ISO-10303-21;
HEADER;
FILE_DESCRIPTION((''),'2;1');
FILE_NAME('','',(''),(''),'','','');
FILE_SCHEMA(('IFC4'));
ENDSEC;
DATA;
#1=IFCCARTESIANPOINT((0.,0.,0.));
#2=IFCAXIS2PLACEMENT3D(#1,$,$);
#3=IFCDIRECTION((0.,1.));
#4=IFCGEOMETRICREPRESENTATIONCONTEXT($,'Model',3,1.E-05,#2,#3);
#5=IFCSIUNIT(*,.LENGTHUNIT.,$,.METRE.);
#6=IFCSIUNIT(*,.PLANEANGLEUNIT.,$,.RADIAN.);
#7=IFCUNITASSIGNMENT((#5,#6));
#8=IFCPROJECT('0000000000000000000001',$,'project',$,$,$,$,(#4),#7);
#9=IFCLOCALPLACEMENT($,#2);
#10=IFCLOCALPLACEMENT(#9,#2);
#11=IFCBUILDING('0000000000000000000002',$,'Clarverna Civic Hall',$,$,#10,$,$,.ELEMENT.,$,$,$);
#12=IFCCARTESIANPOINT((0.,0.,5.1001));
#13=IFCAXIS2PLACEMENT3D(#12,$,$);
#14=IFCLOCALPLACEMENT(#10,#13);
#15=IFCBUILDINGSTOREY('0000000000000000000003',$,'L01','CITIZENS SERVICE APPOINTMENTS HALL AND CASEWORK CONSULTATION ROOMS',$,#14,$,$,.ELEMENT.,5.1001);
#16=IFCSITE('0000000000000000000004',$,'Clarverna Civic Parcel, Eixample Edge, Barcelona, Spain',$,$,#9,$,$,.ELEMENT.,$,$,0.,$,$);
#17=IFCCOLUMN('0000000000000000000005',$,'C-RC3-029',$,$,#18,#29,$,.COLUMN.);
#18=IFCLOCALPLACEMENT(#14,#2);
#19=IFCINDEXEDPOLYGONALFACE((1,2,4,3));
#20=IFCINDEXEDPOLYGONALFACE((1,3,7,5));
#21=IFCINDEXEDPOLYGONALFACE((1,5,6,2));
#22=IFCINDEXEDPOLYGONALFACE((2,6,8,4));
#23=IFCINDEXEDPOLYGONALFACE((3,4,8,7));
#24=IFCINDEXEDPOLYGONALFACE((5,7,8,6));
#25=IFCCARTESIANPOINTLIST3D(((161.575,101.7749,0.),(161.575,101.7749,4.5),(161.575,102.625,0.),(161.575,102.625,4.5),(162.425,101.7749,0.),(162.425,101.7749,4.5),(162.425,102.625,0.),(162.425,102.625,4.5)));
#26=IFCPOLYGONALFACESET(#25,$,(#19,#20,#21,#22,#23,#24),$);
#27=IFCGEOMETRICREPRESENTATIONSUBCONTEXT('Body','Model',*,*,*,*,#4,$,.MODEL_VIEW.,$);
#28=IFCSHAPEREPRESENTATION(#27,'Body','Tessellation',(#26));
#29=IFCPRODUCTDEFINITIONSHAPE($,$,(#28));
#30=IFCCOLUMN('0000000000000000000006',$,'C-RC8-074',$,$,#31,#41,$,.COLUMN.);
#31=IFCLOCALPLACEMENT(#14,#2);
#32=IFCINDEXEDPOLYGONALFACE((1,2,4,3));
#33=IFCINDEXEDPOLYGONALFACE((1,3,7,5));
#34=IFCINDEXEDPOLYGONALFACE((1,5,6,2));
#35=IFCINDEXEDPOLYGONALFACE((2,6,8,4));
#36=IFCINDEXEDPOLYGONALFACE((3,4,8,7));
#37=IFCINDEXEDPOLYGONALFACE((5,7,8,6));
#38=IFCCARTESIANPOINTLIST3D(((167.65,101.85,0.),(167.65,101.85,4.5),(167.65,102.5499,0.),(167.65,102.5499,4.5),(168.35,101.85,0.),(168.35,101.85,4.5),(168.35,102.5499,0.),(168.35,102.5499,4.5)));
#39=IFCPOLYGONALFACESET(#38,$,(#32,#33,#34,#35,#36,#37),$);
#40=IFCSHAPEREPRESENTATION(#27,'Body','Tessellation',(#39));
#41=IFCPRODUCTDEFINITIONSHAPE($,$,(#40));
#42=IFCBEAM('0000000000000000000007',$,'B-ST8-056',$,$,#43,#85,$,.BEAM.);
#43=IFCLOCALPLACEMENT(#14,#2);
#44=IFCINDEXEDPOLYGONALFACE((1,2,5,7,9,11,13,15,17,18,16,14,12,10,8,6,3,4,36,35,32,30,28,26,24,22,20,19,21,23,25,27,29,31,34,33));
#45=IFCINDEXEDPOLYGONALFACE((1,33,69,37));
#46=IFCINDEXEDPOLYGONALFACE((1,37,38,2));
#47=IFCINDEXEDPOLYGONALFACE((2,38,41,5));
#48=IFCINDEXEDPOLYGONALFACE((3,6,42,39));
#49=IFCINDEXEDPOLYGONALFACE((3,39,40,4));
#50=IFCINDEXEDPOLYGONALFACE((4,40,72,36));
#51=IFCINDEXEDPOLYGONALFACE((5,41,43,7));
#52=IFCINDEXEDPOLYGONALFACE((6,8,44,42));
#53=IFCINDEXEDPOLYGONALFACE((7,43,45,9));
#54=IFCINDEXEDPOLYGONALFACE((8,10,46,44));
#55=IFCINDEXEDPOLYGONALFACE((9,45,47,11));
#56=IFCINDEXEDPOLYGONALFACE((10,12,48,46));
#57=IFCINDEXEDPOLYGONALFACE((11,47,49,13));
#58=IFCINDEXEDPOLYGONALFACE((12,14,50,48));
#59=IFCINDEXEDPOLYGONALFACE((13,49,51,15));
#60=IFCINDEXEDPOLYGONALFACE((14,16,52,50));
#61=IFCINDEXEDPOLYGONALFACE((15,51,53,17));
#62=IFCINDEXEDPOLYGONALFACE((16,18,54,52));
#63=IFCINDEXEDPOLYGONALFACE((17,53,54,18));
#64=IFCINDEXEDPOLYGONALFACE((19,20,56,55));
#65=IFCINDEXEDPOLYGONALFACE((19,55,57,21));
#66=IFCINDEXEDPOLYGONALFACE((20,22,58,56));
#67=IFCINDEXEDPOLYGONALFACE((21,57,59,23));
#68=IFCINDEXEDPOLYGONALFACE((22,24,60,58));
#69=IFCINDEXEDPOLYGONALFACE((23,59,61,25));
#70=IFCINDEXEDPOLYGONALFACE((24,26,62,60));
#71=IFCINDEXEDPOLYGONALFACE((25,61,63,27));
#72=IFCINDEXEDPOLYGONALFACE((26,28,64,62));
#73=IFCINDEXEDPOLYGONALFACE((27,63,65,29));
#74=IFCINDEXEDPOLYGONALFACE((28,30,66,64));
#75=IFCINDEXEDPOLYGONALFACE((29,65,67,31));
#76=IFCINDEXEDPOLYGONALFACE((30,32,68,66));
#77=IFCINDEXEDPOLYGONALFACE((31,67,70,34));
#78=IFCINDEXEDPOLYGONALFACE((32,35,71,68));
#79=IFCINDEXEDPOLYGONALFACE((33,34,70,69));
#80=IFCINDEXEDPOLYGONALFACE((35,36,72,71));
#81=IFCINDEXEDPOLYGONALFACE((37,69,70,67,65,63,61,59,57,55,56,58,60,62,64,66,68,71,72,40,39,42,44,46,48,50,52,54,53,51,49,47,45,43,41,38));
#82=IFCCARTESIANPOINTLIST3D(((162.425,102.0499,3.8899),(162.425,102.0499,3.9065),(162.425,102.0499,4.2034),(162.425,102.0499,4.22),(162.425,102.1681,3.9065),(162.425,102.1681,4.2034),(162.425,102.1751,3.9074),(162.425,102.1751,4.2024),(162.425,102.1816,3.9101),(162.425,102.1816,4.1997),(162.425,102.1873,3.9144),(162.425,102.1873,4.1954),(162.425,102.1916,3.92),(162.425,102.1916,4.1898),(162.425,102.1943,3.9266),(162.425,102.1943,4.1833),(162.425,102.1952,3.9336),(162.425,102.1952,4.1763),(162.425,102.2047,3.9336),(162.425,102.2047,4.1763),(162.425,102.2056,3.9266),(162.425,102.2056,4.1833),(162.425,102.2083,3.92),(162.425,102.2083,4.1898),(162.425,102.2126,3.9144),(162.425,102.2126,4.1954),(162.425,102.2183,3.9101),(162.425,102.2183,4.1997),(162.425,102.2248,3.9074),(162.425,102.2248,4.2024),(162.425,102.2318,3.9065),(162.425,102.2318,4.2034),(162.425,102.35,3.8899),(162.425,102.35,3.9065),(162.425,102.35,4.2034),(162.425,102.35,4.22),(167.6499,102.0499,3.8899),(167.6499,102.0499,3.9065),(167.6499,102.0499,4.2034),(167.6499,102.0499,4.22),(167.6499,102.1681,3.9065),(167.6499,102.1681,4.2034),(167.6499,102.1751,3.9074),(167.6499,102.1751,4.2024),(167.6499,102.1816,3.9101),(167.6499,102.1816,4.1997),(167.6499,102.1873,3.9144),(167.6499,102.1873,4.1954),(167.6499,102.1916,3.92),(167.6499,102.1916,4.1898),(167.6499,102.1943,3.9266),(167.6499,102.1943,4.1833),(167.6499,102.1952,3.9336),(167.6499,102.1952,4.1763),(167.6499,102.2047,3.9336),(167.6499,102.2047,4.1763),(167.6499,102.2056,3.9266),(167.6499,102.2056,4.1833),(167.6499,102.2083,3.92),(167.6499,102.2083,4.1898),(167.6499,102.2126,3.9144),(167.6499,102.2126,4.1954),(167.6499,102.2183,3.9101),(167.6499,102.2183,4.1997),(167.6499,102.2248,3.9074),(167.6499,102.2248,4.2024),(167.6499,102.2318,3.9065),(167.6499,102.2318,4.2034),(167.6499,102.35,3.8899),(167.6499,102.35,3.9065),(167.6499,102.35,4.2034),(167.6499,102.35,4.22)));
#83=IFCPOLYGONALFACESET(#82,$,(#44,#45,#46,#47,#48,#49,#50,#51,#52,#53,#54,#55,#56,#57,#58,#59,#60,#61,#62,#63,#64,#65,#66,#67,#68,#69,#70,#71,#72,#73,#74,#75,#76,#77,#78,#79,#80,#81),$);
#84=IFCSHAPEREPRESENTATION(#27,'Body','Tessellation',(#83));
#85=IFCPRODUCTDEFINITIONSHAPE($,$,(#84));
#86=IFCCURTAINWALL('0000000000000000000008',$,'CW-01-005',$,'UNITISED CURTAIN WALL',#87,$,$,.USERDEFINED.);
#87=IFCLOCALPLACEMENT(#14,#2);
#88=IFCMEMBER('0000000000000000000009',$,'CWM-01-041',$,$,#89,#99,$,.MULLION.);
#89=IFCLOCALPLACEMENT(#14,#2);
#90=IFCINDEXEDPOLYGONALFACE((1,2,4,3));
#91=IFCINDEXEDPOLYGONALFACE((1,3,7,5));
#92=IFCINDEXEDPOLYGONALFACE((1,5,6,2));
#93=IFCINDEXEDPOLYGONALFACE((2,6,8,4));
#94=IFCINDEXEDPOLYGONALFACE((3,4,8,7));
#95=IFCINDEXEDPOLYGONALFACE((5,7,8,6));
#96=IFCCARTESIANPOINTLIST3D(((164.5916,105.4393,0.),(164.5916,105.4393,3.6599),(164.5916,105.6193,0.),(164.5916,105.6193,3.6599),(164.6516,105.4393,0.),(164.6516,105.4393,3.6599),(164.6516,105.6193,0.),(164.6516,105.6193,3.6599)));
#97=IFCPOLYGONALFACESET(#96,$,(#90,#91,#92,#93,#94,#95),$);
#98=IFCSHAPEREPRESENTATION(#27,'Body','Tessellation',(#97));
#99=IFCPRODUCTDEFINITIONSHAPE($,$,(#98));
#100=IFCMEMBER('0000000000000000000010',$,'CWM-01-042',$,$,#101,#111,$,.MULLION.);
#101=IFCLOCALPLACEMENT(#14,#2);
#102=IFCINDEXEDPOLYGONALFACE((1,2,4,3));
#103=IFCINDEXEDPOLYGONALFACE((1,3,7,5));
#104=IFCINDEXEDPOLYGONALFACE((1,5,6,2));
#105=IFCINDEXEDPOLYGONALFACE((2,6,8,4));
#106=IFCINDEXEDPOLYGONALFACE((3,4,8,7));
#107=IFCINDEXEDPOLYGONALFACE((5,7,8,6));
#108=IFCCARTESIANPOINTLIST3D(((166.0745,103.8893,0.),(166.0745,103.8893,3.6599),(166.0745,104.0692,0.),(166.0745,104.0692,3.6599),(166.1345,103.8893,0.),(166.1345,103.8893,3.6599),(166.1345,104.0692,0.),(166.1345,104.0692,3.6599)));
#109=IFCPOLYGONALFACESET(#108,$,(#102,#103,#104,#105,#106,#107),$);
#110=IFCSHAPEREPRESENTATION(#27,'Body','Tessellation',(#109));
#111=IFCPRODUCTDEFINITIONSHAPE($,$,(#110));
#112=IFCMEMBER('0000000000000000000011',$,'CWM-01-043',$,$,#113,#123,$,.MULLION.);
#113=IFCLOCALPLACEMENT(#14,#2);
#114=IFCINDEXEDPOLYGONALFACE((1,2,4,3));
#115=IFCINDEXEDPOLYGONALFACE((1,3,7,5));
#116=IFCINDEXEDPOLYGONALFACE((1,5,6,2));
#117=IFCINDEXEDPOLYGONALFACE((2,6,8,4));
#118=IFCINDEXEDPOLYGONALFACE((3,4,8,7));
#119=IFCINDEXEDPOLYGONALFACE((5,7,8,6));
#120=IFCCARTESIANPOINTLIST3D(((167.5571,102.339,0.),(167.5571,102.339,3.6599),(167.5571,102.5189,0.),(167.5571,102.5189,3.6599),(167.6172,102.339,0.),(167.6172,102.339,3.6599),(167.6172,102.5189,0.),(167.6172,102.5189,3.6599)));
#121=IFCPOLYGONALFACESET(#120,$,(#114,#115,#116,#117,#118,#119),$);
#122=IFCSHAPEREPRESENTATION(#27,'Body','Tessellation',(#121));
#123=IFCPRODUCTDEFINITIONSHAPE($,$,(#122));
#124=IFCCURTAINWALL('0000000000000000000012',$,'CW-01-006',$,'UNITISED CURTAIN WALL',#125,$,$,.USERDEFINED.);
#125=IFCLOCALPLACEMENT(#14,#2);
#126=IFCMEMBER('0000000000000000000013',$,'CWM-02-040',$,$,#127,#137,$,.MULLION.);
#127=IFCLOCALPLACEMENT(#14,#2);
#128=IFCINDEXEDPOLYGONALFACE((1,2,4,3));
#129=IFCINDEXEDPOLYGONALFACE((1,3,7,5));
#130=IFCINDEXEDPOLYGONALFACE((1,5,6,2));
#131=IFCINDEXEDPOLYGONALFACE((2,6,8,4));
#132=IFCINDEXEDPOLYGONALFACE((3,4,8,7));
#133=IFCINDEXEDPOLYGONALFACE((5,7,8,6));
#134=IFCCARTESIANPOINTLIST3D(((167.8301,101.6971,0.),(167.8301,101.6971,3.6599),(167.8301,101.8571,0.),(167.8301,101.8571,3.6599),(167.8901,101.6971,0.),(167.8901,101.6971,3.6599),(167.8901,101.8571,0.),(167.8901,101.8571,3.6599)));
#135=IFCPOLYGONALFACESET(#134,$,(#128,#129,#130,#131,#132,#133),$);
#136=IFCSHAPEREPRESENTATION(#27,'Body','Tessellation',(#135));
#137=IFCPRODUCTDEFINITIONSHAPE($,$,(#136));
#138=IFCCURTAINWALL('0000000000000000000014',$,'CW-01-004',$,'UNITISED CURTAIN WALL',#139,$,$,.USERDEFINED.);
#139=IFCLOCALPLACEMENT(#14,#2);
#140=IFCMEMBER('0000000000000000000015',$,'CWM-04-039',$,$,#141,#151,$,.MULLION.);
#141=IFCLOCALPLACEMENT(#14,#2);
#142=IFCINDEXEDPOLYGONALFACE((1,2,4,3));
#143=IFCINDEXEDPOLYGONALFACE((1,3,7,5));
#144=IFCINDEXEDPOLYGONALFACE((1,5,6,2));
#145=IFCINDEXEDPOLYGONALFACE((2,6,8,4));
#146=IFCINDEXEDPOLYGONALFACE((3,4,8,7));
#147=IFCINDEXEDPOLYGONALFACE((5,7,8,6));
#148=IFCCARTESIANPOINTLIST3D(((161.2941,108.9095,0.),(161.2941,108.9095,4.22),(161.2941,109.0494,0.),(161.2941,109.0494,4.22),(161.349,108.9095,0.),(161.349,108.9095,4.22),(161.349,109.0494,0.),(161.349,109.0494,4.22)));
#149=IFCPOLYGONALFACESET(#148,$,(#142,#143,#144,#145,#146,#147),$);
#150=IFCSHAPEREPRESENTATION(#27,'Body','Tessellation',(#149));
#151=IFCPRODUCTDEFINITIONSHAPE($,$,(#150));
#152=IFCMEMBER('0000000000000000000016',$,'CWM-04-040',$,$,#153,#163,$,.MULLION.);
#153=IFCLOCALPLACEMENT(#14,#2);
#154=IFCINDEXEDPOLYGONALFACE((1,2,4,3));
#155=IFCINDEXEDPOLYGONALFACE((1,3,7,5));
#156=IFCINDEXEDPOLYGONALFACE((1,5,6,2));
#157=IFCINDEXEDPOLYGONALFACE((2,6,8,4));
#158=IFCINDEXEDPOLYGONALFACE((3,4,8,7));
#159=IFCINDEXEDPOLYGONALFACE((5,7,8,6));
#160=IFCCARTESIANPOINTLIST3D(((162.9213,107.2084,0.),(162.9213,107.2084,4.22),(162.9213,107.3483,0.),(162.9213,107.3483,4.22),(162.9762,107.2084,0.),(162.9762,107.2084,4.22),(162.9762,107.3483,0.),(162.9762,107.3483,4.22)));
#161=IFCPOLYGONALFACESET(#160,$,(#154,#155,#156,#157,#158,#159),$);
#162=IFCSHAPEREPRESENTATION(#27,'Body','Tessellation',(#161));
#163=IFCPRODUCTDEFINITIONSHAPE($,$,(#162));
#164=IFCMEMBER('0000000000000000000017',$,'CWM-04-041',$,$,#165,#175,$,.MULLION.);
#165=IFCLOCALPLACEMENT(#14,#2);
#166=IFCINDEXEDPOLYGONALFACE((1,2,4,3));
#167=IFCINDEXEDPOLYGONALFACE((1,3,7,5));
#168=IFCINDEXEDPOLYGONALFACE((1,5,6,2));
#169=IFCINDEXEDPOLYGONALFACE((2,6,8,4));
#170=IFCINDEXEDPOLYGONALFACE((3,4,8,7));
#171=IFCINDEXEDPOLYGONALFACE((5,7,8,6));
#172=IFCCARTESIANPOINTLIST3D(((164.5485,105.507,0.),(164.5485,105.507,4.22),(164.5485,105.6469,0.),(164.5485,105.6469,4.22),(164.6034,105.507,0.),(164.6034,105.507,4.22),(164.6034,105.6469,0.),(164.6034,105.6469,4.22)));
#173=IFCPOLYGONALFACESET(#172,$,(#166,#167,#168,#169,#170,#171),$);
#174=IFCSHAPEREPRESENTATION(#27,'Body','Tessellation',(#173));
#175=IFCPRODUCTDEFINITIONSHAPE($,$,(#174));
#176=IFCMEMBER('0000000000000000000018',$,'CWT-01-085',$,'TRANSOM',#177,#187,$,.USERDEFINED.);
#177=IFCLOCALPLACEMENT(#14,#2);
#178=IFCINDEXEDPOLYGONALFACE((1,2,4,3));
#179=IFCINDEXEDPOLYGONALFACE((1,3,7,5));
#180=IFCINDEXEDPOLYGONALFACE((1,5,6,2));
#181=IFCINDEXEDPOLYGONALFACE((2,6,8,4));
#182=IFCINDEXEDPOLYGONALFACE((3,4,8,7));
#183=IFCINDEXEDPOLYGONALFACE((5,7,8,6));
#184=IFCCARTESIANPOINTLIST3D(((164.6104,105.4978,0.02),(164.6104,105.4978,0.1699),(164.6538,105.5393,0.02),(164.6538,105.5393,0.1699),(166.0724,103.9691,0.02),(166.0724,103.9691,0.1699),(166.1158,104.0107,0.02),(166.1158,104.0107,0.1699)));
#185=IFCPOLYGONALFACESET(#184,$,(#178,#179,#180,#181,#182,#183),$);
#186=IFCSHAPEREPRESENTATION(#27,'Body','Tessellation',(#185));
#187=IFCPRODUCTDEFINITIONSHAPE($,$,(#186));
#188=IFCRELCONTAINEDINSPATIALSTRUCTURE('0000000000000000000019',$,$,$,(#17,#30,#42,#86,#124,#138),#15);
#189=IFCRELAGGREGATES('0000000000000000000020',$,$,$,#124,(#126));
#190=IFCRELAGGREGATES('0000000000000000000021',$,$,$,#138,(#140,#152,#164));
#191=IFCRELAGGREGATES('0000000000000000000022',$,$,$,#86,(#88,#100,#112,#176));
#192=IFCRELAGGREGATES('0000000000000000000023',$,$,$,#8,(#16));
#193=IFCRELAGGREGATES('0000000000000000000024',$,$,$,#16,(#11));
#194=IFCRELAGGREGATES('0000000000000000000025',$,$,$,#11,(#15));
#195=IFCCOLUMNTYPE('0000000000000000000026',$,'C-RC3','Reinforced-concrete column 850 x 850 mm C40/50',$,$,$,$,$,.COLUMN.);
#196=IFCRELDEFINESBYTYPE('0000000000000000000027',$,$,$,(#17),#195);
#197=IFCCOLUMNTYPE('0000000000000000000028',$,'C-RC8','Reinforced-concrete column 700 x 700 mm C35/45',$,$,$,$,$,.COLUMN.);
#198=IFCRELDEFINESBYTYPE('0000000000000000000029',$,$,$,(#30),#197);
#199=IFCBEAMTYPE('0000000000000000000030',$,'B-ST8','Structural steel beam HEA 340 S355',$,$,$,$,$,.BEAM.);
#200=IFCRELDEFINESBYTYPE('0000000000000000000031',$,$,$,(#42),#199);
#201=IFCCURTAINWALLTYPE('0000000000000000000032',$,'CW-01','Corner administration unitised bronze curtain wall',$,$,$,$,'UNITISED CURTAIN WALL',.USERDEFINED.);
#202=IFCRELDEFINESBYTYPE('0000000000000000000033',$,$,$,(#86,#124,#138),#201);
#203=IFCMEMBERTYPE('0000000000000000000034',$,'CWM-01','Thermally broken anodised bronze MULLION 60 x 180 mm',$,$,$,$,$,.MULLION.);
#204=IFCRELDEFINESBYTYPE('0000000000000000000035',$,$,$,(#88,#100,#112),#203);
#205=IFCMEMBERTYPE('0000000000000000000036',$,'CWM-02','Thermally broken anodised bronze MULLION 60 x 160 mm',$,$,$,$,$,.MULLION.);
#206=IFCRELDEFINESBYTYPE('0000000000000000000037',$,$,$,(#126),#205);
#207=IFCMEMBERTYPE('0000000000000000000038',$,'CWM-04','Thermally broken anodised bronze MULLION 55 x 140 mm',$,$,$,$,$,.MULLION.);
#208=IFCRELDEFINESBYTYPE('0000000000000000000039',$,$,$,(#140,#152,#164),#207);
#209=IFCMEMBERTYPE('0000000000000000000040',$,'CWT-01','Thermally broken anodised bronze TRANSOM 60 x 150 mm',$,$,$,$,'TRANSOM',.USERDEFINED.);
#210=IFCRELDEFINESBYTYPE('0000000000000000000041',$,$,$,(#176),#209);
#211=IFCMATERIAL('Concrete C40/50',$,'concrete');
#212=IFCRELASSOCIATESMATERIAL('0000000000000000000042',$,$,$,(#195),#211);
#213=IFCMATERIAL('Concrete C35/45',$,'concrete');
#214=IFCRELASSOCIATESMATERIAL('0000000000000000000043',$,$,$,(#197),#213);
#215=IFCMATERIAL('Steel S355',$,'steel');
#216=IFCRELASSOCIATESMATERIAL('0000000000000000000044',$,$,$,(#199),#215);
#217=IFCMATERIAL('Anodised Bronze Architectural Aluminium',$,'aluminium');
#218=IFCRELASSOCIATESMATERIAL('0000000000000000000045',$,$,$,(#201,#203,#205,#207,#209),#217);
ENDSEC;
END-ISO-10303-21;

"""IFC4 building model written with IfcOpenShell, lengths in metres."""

from ifc_helpers import new_model, si_unit, direction, frame, origin, origin_2d, place, context, subcontext, project, spatial, rectangle, i_section, extrude, material, material_profile, profile_set, type_object, element, aggregate, save


model = new_model("IFC4")

# Units and contexts
model_context = context("Model", 3, precision=1e-05, world=origin(), true_north=direction((0.0, 1.0)))
body_context = subcontext(model_context, "Body", "Model", "MODEL_VIEW")
ifc_project = project(units=[si_unit("LENGTHUNIT", "METRE"), si_unit("PLANEANGLEUNIT", "RADIAN")], contexts=[model_context])

# Site, building, storey
site_placement = place(None, origin())
site = spatial("IfcSite", under=ifc_project, at=site_placement, Name="Clarverna Civic Parcel, Eixample Edge, Barcelona, Spain", CompositionType="ELEMENT", RefElevation=0.0)
building_placement = place(site_placement, origin())
building = spatial("IfcBuilding", under=site, at=building_placement, Name="Clarverna Civic Hall", CompositionType="ELEMENT")
storey_placement = place(building_placement, frame((0.0, 0.0, 5.1001)))
storey = spatial("IfcBuildingStorey", under=building, at=storey_placement, Name="L01", Description="CITIZENS SERVICE APPOINTMENTS HALL AND CASEWORK CONSULTATION ROOMS", CompositionType="ELEMENT", Elevation=5.1001)

# Columns
ifc_material_1 = material(Name="Concrete C40/50", Category="concrete")
ifc_material_profile_1 = material_profile(ifc_material_1, rectangle(XDim=0.8501, YDim=0.8501, at=origin_2d()), Name="RC 850x850")
ifc_profile_set_1 = profile_set([ifc_material_profile_1], Name="Concrete C40/50")
column_type_1 = type_object("IfcColumnType", Name="C-RC3", Description="Reinforced-concrete column 850 x 850 mm C40/50", PredefinedType="COLUMN", material=ifc_profile_set_1)
column_1_placement = place(storey_placement, frame((162.0, 102.2, 0.0), z_axis=(0.0, 0.0, 1.0), x_axis=(1.0, 0.0, 0.0)))
element("IfcColumn", 1, at=column_1_placement, inside=storey, type_object=column_type_1, Name="C-RC3-029", PredefinedType="COLUMN", context=body_context, shape_type="SweptSolid", body=[
    extrude(rectangle(XDim=0.8501, YDim=0.8501, at=origin_2d()), origin(), (0.0, 0.0, 1.0), 4.5),
])
ifc_material_2 = material(Name="Concrete C35/45", Category="concrete")
ifc_material_profile_2 = material_profile(ifc_material_2, rectangle(XDim=0.7, YDim=0.7, at=origin_2d()), Name="RC 700x700")
ifc_profile_set_2 = profile_set([ifc_material_profile_2], Name="Concrete C35/45")
column_type_2 = type_object("IfcColumnType", Name="C-RC8", Description="Reinforced-concrete column 700 x 700 mm C35/45", PredefinedType="COLUMN", material=ifc_profile_set_2)
column_2_placement = place(storey_placement, frame((168.0, 102.2, 0.0), z_axis=(0.0, 0.0, 1.0), x_axis=(1.0, 0.0, 0.0)))
element("IfcColumn", 2, at=column_2_placement, inside=storey, type_object=column_type_2, Name="C-RC8-074", PredefinedType="COLUMN", context=body_context, shape_type="SweptSolid", body=[
    extrude(rectangle(XDim=0.7, YDim=0.7, at=origin_2d()), origin(), (0.0, 0.0, 1.0), 4.5),
])

# Beam
ifc_material_3 = material(Name="Steel S355", Category="steel")
ifc_material_profile_3 = material_profile(ifc_material_3, i_section(OverallWidth=0.3, OverallDepth=0.3301, WebThickness=0.0095, FlangeThickness=0.0166, FilletRadius=0.0271, at=origin_2d()), Name="HEA 340")
ifc_profile_set_3 = profile_set([ifc_material_profile_3], Name="Steel S355")
beam_type = type_object("IfcBeamType", Name="B-ST8", Description="Structural steel beam HEA 340 S355", PredefinedType="BEAM", material=ifc_profile_set_3)
beam_placement = place(storey_placement, frame((162.425, 102.2, 4.0549), z_axis=(1.0, 0.0, 0.0), x_axis=(0.0, 1.0, 0.0)))
element("IfcBeam", 3, at=beam_placement, inside=storey, type_object=beam_type, Name="B-ST8-056", PredefinedType="BEAM", context=body_context, shape_type="SweptSolid", body=[
    extrude(i_section(OverallWidth=0.3, OverallDepth=0.3301, WebThickness=0.0095, FlangeThickness=0.0166, FilletRadius=0.0271, at=origin_2d()), origin(), (0.0, 0.0, 1.0), 5.2249),
])

# Curtain wall, members
ifc_material_4 = material(Name="Anodised Bronze Architectural Aluminium", Category="aluminium")
curtain_wall_type = type_object("IfcCurtainWallType", Name="CW-01", Description="Corner administration unitised bronze curtain wall", ElementType="UNITISED CURTAIN WALL", PredefinedType="USERDEFINED", material=ifc_material_4)
curtain_wall_1_placement = place(storey_placement, origin())
curtain_wall_1 = element("IfcCurtainWall", 4, at=curtain_wall_1_placement, inside=storey, type_object=curtain_wall_type, Name="CW-01-005", ObjectType="UNITISED CURTAIN WALL", PredefinedType="USERDEFINED")
ifc_material_profile_4 = material_profile(ifc_material_4, rectangle(XDim=0.0601, YDim=0.1799, at=origin_2d()), Name="BRONZE 60x180")
ifc_profile_set_4 = profile_set([ifc_material_profile_4], Name="Anodised Bronze Architectural Aluminium")
member_type_1 = type_object("IfcMemberType", Name="CWM-01", Description="Thermally broken anodised bronze MULLION 60 x 180 mm", PredefinedType="MULLION", material=ifc_profile_set_4)
member_1_placement = place(storey_placement, frame((164.6216, 105.5293, 0.0), z_axis=(0.0, 0.0, 1.0), x_axis=(1.0, 0.0, 0.0)))
member_1 = element("IfcMember", 5, at=member_1_placement, type_object=member_type_1, Name="CWM-01-041", PredefinedType="MULLION", context=body_context, shape_type="SweptSolid", body=[
    extrude(rectangle(XDim=0.0601, YDim=0.1799, at=origin_2d()), origin(), (0.0, 0.0, 1.0), 3.6599),
])
member_2_placement = place(storey_placement, frame((166.1045, 103.9792, 0.0), z_axis=(0.0, 0.0, 1.0), x_axis=(1.0, 0.0, 0.0)))
member_2 = element("IfcMember", 6, at=member_2_placement, type_object=member_type_1, Name="CWM-01-042", PredefinedType="MULLION", context=body_context, shape_type="SweptSolid", body=[
    extrude(rectangle(XDim=0.0601, YDim=0.1799, at=origin_2d()), origin(), (0.0, 0.0, 1.0), 3.6599),
])
member_3_placement = place(storey_placement, frame((167.5872, 102.429, 0.0), z_axis=(0.0, 0.0, 1.0), x_axis=(1.0, 0.0, 0.0)))
member_3 = element("IfcMember", 7, at=member_3_placement, type_object=member_type_1, Name="CWM-01-043", PredefinedType="MULLION", context=body_context, shape_type="SweptSolid", body=[
    extrude(rectangle(XDim=0.0601, YDim=0.1799, at=origin_2d()), origin(), (0.0, 0.0, 1.0), 3.6599),
])

# Curtain wall, member
curtain_wall_2_placement = place(storey_placement, origin())
curtain_wall_2 = element("IfcCurtainWall", 8, at=curtain_wall_2_placement, inside=storey, type_object=curtain_wall_type, Name="CW-01-006", ObjectType="UNITISED CURTAIN WALL", PredefinedType="USERDEFINED")
ifc_material_profile_5 = material_profile(ifc_material_4, rectangle(XDim=0.0601, YDim=0.1599, at=origin_2d()), Name="BRONZE 60x160")
ifc_profile_set_5 = profile_set([ifc_material_profile_5], Name="Anodised Bronze Architectural Aluminium")
member_type_2 = type_object("IfcMemberType", Name="CWM-02", Description="Thermally broken anodised bronze MULLION 60 x 160 mm", PredefinedType="MULLION", material=ifc_profile_set_5)
member_4_placement = place(storey_placement, frame((167.8601, 101.7771, 0.0), z_axis=(0.0, 0.0, 1.0), x_axis=(1.0, 0.0, 0.0)))
member_4 = element("IfcMember", 9, at=member_4_placement, type_object=member_type_2, Name="CWM-02-040", PredefinedType="MULLION", context=body_context, shape_type="SweptSolid", body=[
    extrude(rectangle(XDim=0.0601, YDim=0.1599, at=origin_2d()), origin(), (0.0, 0.0, 1.0), 3.6599),
])

# Curtain wall, members
curtain_wall_3_placement = place(storey_placement, origin())
curtain_wall_3 = element("IfcCurtainWall", 10, at=curtain_wall_3_placement, inside=storey, type_object=curtain_wall_type, Name="CW-01-004", ObjectType="UNITISED CURTAIN WALL", PredefinedType="USERDEFINED")
ifc_material_profile_6 = material_profile(ifc_material_4, rectangle(XDim=0.0549, YDim=0.1399, at=origin_2d()), Name="BRONZE 55x140")
ifc_profile_set_6 = profile_set([ifc_material_profile_6], Name="Anodised Bronze Architectural Aluminium")
member_type_3 = type_object("IfcMemberType", Name="CWM-04", Description="Thermally broken anodised bronze MULLION 55 x 140 mm", PredefinedType="MULLION", material=ifc_profile_set_6)
member_5_placement = place(storey_placement, frame((161.3215, 108.9795, 0.0), z_axis=(0.0, 0.0, 1.0), x_axis=(1.0, 0.0, 0.0)))
member_5 = element("IfcMember", 11, at=member_5_placement, type_object=member_type_3, Name="CWM-04-039", PredefinedType="MULLION", context=body_context, shape_type="SweptSolid", body=[
    extrude(rectangle(XDim=0.0549, YDim=0.1399, at=origin_2d()), origin(), (0.0, 0.0, 1.0), 4.22),
])
member_6_placement = place(storey_placement, frame((162.9487, 107.2783, 0.0), z_axis=(0.0, 0.0, 1.0), x_axis=(1.0, 0.0, 0.0)))
member_6 = element("IfcMember", 12, at=member_6_placement, type_object=member_type_3, Name="CWM-04-040", PredefinedType="MULLION", context=body_context, shape_type="SweptSolid", body=[
    extrude(rectangle(XDim=0.0549, YDim=0.1399, at=origin_2d()), origin(), (0.0, 0.0, 1.0), 4.22),
])
member_7_placement = place(storey_placement, frame((164.5759, 105.5769, 0.0), z_axis=(0.0, 0.0, 1.0), x_axis=(1.0, 0.0, 0.0)))
member_7 = element("IfcMember", 13, at=member_7_placement, type_object=member_type_3, Name="CWM-04-041", PredefinedType="MULLION", context=body_context, shape_type="SweptSolid", body=[
    extrude(rectangle(XDim=0.0549, YDim=0.1399, at=origin_2d()), origin(), (0.0, 0.0, 1.0), 4.22),
])

# Member
ifc_material_profile_7 = material_profile(ifc_material_4, rectangle(XDim=0.0601, YDim=0.1499, at=origin_2d()), Name="BRONZE 60x150")
ifc_profile_set_7 = profile_set([ifc_material_profile_7], Name="Anodised Bronze Architectural Aluminium")
member_type_4 = type_object("IfcMemberType", Name="CWT-01", Description="Thermally broken anodised bronze TRANSOM 60 x 150 mm", ElementType="TRANSOM", PredefinedType="USERDEFINED", material=ifc_profile_set_7)
member_8_placement = place(storey_placement, frame((164.6321, 105.5186, 0.095), z_axis=(0.691175, -0.722687, 0.0), x_axis=(0.722687, 0.691175, 0.0)))
member_8 = element("IfcMember", 14, at=member_8_placement, type_object=member_type_4, Name="CWT-01-085", ObjectType="TRANSOM", PredefinedType="USERDEFINED", context=body_context, shape_type="SweptSolid", body=[
    extrude(rectangle(XDim=0.0601, YDim=0.1499, at=origin_2d()), origin(), (0.0, 0.0, 1.0), 2.1152),
])

aggregate(curtain_wall_2, [member_4])
aggregate(curtain_wall_3, [member_5, member_6, member_7])
aggregate(curtain_wall_1, [member_1, member_2, member_3, member_8])

save(model, "model.ifc")
